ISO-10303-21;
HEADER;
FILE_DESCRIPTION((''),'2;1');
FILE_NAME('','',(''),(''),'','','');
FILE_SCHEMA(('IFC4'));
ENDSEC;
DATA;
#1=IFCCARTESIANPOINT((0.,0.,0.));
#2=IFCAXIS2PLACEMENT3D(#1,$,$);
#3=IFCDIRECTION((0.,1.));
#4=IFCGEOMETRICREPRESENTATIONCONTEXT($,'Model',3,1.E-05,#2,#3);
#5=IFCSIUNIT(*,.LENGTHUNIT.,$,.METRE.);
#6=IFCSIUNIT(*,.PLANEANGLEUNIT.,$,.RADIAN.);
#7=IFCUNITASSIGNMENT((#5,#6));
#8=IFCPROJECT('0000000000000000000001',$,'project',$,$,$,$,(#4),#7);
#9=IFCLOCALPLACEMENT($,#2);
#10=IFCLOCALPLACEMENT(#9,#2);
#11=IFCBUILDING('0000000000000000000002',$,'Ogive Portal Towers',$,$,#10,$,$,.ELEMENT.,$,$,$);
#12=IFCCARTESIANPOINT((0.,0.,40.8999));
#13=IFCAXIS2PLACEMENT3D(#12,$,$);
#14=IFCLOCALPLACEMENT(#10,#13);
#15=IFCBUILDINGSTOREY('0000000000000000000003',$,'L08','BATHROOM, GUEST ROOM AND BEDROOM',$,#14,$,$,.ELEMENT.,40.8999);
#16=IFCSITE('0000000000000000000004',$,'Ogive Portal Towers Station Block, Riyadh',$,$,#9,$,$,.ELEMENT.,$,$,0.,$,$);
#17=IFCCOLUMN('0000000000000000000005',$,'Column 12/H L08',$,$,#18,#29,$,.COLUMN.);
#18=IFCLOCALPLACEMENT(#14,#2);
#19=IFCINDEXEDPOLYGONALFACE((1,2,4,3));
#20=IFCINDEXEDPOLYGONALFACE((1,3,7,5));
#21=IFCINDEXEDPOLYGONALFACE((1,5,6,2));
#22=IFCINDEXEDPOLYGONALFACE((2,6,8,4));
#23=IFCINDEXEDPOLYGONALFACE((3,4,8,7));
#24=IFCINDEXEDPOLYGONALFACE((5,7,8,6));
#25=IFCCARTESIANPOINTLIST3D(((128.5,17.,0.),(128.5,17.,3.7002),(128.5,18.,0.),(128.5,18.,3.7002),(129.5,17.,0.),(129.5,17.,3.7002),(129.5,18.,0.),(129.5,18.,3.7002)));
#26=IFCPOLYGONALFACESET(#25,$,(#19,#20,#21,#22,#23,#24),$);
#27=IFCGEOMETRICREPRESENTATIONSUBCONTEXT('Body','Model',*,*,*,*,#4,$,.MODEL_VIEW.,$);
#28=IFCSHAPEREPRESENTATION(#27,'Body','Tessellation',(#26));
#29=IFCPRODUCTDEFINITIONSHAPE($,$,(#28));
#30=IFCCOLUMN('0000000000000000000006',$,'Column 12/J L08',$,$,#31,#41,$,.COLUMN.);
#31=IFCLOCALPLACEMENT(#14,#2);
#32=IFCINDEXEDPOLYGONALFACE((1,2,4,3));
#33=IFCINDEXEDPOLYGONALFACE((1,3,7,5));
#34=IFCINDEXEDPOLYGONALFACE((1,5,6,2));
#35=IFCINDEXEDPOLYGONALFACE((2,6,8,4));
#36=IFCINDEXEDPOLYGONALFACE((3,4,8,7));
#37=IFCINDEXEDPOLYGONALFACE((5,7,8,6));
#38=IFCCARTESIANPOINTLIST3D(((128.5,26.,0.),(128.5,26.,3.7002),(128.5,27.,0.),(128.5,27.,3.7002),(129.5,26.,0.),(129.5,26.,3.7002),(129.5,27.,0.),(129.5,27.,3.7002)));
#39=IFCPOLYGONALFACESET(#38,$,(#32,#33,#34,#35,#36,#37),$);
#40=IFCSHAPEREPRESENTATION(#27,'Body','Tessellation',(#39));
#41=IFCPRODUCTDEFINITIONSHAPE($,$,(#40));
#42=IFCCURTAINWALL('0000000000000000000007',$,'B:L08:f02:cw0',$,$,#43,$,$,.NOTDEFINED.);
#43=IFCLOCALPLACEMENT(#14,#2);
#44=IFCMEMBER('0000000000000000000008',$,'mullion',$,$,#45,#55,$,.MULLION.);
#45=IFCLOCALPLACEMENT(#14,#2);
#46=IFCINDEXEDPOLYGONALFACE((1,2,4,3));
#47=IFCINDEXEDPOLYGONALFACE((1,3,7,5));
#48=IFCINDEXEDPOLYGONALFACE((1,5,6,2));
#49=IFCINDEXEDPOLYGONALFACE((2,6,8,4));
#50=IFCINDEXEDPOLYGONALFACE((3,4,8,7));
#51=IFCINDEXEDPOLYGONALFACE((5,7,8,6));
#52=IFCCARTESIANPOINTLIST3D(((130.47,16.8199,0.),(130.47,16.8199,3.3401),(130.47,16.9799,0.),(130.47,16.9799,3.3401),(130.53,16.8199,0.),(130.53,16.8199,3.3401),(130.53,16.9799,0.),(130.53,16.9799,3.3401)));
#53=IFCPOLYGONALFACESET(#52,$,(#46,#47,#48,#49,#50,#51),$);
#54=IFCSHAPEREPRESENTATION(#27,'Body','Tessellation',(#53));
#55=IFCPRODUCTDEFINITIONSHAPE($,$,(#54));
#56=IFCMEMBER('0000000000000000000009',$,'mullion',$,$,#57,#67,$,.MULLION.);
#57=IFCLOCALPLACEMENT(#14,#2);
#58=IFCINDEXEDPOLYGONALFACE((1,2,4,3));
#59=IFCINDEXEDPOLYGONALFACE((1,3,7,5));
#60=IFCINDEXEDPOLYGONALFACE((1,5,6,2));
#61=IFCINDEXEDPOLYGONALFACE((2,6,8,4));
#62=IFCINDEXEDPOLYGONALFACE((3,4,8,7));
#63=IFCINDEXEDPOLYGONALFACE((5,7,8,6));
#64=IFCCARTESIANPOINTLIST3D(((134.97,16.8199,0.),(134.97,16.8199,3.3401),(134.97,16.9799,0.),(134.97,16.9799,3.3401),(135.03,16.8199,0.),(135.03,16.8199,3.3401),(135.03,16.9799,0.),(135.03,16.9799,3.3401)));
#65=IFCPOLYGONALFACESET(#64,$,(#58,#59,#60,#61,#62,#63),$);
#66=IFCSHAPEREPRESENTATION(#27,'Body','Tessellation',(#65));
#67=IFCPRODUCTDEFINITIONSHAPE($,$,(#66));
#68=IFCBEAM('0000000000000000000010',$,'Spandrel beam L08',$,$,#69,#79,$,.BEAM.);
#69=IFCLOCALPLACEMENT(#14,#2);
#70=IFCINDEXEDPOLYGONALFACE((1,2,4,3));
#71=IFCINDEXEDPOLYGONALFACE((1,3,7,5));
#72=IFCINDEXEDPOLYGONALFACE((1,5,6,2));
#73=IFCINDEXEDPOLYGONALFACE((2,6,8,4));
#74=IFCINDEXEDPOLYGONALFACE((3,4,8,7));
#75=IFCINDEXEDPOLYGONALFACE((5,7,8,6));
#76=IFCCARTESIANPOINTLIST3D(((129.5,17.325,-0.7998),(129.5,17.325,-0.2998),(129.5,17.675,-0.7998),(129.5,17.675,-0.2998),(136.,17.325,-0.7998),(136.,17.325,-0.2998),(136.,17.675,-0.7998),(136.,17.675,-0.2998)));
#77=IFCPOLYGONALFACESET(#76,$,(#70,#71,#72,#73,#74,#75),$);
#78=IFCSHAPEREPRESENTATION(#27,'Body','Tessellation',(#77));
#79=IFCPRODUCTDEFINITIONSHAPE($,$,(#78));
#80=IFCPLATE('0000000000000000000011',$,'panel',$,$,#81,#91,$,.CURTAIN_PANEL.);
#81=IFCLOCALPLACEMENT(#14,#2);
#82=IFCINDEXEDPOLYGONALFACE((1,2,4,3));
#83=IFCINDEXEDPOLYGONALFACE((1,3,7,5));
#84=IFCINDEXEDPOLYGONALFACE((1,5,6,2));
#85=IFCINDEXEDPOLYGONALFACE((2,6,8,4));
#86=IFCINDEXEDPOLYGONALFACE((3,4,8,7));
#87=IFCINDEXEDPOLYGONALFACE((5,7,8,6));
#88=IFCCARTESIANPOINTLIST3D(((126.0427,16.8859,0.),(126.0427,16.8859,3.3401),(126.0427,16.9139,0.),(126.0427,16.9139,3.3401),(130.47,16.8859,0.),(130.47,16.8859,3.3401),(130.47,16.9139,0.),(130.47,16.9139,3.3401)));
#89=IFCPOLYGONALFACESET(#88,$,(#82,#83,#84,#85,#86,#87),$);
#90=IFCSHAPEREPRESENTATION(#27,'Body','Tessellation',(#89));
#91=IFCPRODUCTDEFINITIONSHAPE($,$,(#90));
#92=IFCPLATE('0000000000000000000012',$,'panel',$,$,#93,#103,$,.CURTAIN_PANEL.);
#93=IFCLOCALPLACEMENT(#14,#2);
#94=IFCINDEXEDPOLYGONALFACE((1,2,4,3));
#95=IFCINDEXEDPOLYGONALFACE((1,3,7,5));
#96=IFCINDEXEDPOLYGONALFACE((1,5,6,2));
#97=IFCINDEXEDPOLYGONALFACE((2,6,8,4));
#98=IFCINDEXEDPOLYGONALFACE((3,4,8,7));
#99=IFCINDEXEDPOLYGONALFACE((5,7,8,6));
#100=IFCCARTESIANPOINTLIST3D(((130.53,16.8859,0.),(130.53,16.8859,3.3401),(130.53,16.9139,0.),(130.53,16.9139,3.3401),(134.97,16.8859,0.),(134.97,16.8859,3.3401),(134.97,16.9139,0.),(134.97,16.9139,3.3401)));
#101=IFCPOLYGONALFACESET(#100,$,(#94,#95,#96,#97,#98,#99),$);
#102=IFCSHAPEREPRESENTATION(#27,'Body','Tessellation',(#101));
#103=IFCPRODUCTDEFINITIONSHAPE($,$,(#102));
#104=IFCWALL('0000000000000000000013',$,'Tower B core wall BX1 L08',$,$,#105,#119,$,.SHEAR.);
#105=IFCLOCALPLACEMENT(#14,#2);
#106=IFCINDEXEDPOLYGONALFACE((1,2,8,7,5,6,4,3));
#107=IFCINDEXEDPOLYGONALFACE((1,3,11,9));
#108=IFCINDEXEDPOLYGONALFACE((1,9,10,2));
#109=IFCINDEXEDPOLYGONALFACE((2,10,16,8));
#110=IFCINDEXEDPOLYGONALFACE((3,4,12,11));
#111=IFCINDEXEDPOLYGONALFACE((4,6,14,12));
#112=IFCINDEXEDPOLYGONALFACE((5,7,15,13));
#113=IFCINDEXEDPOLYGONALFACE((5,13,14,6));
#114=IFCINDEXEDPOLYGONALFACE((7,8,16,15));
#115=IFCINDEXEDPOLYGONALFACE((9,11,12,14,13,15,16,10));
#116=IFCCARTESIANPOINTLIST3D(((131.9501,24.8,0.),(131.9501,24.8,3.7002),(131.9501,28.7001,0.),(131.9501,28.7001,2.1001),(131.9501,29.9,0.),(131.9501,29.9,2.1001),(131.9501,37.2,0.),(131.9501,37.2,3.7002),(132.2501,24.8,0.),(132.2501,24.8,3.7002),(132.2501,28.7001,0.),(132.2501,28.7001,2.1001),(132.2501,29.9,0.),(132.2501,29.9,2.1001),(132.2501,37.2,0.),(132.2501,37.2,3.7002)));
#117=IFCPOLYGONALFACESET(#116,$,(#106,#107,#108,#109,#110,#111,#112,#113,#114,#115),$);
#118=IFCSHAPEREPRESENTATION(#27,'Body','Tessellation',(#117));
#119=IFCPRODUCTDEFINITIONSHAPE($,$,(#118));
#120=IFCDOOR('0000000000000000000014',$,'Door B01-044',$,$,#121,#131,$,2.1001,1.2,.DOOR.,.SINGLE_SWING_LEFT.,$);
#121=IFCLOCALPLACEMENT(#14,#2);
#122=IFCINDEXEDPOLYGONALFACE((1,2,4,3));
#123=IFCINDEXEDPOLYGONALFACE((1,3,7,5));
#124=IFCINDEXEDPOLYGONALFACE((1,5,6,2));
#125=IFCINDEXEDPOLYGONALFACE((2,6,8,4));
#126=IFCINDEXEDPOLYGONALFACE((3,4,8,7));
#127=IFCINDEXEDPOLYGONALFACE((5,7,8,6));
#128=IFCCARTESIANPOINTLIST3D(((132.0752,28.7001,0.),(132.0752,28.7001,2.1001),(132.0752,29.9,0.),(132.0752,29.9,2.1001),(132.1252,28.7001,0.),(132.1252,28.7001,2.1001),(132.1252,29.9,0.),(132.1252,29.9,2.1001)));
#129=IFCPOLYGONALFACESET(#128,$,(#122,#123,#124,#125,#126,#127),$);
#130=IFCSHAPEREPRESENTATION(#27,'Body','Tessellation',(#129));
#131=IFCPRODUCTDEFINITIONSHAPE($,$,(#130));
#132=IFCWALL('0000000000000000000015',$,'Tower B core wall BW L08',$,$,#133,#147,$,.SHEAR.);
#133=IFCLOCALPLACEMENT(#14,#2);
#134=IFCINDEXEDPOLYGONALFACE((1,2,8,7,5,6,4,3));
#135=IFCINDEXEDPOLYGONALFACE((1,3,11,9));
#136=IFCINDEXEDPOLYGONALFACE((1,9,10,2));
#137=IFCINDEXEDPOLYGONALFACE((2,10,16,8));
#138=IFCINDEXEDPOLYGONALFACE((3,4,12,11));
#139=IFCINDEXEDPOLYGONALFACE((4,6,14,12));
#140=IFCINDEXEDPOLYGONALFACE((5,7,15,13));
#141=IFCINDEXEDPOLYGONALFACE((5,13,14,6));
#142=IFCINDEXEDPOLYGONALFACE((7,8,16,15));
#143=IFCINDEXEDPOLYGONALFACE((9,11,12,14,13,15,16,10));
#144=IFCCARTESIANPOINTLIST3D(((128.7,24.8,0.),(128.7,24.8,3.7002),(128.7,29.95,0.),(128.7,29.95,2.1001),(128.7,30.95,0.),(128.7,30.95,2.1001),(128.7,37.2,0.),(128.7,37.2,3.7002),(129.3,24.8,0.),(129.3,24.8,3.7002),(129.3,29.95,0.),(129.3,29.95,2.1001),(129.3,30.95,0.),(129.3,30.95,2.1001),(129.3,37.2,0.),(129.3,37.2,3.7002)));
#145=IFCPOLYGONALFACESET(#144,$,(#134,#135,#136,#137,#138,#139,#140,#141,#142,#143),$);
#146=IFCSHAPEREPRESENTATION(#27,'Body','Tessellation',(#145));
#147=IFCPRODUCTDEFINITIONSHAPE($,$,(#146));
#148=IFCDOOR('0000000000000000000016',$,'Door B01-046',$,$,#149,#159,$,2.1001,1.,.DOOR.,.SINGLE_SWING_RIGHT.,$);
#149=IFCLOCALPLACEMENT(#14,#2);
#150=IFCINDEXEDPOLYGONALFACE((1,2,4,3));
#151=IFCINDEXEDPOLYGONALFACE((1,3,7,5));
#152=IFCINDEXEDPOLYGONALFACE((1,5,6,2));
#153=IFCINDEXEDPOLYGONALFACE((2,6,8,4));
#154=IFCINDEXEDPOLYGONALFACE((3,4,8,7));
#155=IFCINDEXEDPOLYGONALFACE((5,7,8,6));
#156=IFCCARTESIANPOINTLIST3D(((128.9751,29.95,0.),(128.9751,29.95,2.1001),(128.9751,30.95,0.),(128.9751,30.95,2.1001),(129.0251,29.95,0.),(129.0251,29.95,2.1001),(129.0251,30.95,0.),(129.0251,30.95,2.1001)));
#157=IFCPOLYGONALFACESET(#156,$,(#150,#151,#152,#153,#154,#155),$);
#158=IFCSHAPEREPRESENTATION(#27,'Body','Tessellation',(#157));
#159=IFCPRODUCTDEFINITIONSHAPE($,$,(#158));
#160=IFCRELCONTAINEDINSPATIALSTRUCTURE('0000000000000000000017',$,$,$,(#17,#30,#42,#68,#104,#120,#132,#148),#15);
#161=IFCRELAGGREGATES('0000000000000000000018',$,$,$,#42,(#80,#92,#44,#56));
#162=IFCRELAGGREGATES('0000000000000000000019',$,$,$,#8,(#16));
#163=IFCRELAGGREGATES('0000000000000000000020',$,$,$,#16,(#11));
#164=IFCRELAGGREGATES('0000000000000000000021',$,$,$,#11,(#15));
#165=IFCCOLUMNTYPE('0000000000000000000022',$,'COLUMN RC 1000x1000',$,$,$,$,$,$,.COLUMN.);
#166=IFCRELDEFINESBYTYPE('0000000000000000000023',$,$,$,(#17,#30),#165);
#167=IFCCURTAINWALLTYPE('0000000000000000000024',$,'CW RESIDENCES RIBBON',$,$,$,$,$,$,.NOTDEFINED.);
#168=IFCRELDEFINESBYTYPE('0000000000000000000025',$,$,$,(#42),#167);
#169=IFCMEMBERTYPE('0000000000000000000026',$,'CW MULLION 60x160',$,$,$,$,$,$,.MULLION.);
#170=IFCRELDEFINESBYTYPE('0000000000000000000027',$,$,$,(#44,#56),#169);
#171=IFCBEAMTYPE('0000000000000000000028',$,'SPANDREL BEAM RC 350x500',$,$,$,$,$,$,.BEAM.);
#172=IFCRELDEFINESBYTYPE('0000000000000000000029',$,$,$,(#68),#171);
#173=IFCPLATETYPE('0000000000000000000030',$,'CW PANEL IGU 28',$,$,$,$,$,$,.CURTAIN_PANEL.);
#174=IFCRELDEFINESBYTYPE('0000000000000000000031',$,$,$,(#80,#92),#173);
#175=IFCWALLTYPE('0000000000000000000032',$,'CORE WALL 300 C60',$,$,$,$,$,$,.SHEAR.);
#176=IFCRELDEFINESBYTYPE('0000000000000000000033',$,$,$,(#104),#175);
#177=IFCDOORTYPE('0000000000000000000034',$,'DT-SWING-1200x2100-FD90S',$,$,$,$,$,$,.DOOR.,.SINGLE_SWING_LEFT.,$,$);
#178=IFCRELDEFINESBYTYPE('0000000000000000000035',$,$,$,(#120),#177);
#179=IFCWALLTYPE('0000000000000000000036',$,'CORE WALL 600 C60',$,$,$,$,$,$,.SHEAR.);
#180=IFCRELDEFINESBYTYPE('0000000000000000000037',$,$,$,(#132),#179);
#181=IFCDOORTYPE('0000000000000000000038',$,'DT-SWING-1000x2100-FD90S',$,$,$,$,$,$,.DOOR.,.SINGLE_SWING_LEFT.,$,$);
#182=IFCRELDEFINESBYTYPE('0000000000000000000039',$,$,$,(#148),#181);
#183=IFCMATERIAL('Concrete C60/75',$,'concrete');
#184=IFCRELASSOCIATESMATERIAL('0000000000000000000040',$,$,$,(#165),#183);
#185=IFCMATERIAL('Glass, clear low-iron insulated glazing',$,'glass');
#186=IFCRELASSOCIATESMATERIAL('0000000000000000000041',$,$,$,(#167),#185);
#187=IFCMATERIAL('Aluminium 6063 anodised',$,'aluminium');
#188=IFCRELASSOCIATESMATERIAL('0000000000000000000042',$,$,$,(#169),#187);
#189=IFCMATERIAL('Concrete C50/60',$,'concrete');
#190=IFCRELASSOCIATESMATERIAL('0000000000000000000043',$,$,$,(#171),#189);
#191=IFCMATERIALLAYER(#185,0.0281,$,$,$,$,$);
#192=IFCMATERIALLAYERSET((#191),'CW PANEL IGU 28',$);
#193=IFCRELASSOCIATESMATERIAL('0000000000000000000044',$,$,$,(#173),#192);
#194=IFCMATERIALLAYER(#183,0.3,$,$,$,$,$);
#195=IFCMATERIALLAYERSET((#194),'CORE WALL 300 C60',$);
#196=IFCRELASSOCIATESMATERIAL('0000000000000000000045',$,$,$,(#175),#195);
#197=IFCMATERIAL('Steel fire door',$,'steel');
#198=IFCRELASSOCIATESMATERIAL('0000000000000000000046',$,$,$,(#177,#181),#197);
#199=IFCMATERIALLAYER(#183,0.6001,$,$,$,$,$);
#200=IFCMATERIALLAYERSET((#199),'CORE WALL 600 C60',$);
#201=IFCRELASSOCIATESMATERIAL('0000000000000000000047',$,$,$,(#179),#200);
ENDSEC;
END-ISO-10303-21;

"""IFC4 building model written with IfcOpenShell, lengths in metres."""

from ifc_helpers import new_model, si_unit, direction, frame, frame_2d, origin, origin_2d, place, context, subcontext, project, spatial, rectangle, extrude, material, layer, layer_set, material_profile, profile_set, type_object, element, fill, aggregate, save


model = new_model("IFC4")

# Units and contexts
model_context = context("Model", 3, precision=1e-05, world=origin(), true_north=direction((0.0, 1.0)))
body_context = subcontext(model_context, "Body", "Model", "MODEL_VIEW")
ifc_project = project(units=[si_unit("LENGTHUNIT", "METRE"), si_unit("PLANEANGLEUNIT", "RADIAN")], contexts=[model_context])

# Site, building, storey
site_placement = place(None, origin())
site = spatial("IfcSite", under=ifc_project, at=site_placement, Name="Ogive Portal Towers Station Block, Riyadh", CompositionType="ELEMENT", RefElevation=0.0)
building_placement = place(site_placement, origin())
building = spatial("IfcBuilding", under=site, at=building_placement, Name="Ogive Portal Towers", CompositionType="ELEMENT")
storey_placement = place(building_placement, frame((0.0, 0.0, 40.8999)))
storey = spatial("IfcBuildingStorey", under=building, at=storey_placement, Name="L08", Description="BATHROOM, GUEST ROOM AND BEDROOM", CompositionType="ELEMENT", Elevation=40.8999)

# Columns
ifc_material_1 = material(Name="Concrete C60/75", Category="concrete")
ifc_material_profile_1 = material_profile(ifc_material_1, rectangle(XDim=1.0, YDim=1.0, at=origin_2d()), Name="RC 1000x1000")
ifc_profile_set_1 = profile_set([ifc_material_profile_1], Name="Concrete C60/75")
column_type = type_object("IfcColumnType", Name="COLUMN RC 1000x1000", PredefinedType="COLUMN", material=ifc_profile_set_1)
for number, where, z_axis, x_axis, name in (
    (1, (129.0, 17.5, 0.0), (0.0, 0.0, 1.0), (1.0, 0.0, 0.0), "Column 12/H L08"),
    (2, (129.0, 26.5, 0.0), (0.0, 0.0, 1.0), (1.0, 0.0, 0.0), "Column 12/J L08"),
):
    element("IfcColumn", number, at=place(storey_placement, frame(where, z_axis=z_axis, x_axis=x_axis)), inside=storey, type_object=column_type, Name=name, PredefinedType="COLUMN", context=body_context, shape_type="SweptSolid", body=[
        extrude(rectangle(XDim=1.0, YDim=1.0, at=origin_2d()), origin(), (0.0, 0.0, 1.0), 3.7002),
    ])

# Curtain wall, members
ifc_material_2 = material(Name="Glass, clear low-iron insulated glazing", Category="glass")
curtain_wall_type = type_object("IfcCurtainWallType", Name="CW RESIDENCES RIBBON", PredefinedType="NOTDEFINED", material=ifc_material_2)
curtain_wall_placement = place(storey_placement, origin())
curtain_wall = element("IfcCurtainWall", 3, at=curtain_wall_placement, inside=storey, type_object=curtain_wall_type, Name="B:L08:f02:cw0", PredefinedType="NOTDEFINED")
ifc_material_3 = material(Name="Aluminium 6063 anodised", Category="aluminium")
ifc_material_profile_2 = material_profile(ifc_material_3, rectangle(XDim=0.1599, YDim=0.0601, at=origin_2d()), Name="AL 60x160")
ifc_profile_set_2 = profile_set([ifc_material_profile_2], Name="Aluminium 6063 anodised")
member_type = type_object("IfcMemberType", Name="CW MULLION 60x160", PredefinedType="MULLION", material=ifc_profile_set_2)
member_1_placement = place(storey_placement, frame((130.5, 16.8999, 0.0), z_axis=(0.0, 0.0, 1.0), x_axis=(0.0, 1.0, 0.0)))
member_1 = element("IfcMember", 4, at=member_1_placement, type_object=member_type, Name="mullion", PredefinedType="MULLION", context=body_context, shape_type="SweptSolid", body=[
    extrude(rectangle(XDim=0.1599, YDim=0.0601, at=origin_2d()), origin(), (0.0, 0.0, 1.0), 3.3401),
])
member_2_placement = place(storey_placement, frame((135.0, 16.8999, 0.0), z_axis=(0.0, 0.0, 1.0), x_axis=(0.0, 1.0, 0.0)))
member_2 = element("IfcMember", 5, at=member_2_placement, type_object=member_type, Name="mullion", PredefinedType="MULLION", context=body_context, shape_type="SweptSolid", body=[
    extrude(rectangle(XDim=0.1599, YDim=0.0601, at=origin_2d()), origin(), (0.0, 0.0, 1.0), 3.3401),
])

# Beam
ifc_material_4 = material(Name="Concrete C50/60", Category="concrete")
ifc_material_profile_3 = material_profile(ifc_material_4, rectangle(XDim=0.3501, YDim=0.5, at=origin_2d()), Name="RC 350x500")
ifc_profile_set_3 = profile_set([ifc_material_profile_3], Name="Concrete C50/60")
beam_type = type_object("IfcBeamType", Name="SPANDREL BEAM RC 350x500", PredefinedType="BEAM", material=ifc_profile_set_3)
beam_placement = place(storey_placement, frame((129.5, 17.5, -0.5498), z_axis=(1.0, 0.0, 0.0), x_axis=(0.0, 1.0, 0.0)))
element("IfcBeam", 6, at=beam_placement, inside=storey, type_object=beam_type, Name="Spandrel beam L08", PredefinedType="BEAM", context=body_context, shape_type="SweptSolid", body=[
    extrude(rectangle(XDim=0.3501, YDim=0.5, at=origin_2d()), origin(), (0.0, 0.0, 1.0), 6.5),
])

# Plates
ifc_layer_1 = layer(ifc_material_2, 0.0281)
ifc_layer_set_1 = layer_set([ifc_layer_1], Name="CW PANEL IGU 28")
plate_type = type_object("IfcPlateType", Name="CW PANEL IGU 28", PredefinedType="CURTAIN_PANEL", material=ifc_layer_set_1)
plate_1_placement = place(storey_placement, frame((128.2563, 16.8999, 0.0), z_axis=(0.0, 0.0, 1.0), x_axis=(1.0, 0.0, 0.0)))
plate_1 = element("IfcPlate", 7, at=plate_1_placement, type_object=plate_type, Name="panel", PredefinedType="CURTAIN_PANEL", context=body_context, shape_type="SweptSolid", body=[
    extrude(rectangle(XDim=4.4272, YDim=0.0281, at=origin_2d()), origin(), (0.0, 0.0, 1.0), 3.3401),
])
plate_2_placement = place(storey_placement, frame((132.75, 16.8999, 0.0), z_axis=(0.0, 0.0, 1.0), x_axis=(1.0, 0.0, 0.0)))
plate_2 = element("IfcPlate", 8, at=plate_2_placement, type_object=plate_type, Name="panel", PredefinedType="CURTAIN_PANEL", context=body_context, shape_type="SweptSolid", body=[
    extrude(rectangle(XDim=4.4399, YDim=0.0281, at=origin_2d()), origin(), (0.0, 0.0, 1.0), 3.3401),
])
aggregate(curtain_wall, [plate_1, plate_2, member_1, member_2])

# Wall, opening, door
ifc_layer_2 = layer(ifc_material_1, 0.3)
ifc_layer_set_2 = layer_set([ifc_layer_2], Name="CORE WALL 300 C60")
wall_type_1 = type_object("IfcWallType", Name="CORE WALL 300 C60", PredefinedType="SHEAR", material=ifc_layer_set_2)
wall_1_placement = place(storey_placement, frame((132.1001, 24.8, 0.0), z_axis=(0.0, 0.0, 1.0), x_axis=(0.0, 1.0, 0.0)))
wall_1 = element("IfcWall", 9, at=wall_1_placement, inside=storey, type_object=wall_type_1, Name="Tower B core wall BX1 L08", PredefinedType="SHEAR", context=body_context, shape_type="SweptSolid", body=[
    extrude(rectangle(XDim=12.3999, YDim=0.3, at=frame_2d((6.2, 0.0))), origin(), (0.0, 0.0, 1.0), 3.7002),
])
opening_1_placement = place(wall_1_placement, frame((3.8999, 0.0, 0.0)))
opening_1 = element("IfcOpeningElement", 10, at=opening_1_placement, cuts=wall_1, PredefinedType="OPENING", context=body_context, shape_type="SweptSolid", body=[
    extrude(rectangle(XDim=1.2, YDim=2.1001, at=frame_2d((0.6001, 1.05))), frame((0.0, 0.1602, 0.0), z_axis=(0.0, -1.0, 0.0), x_axis=(1.0, 0.0, 0.0)), (0.0, 0.0, 1.0), 0.3201),
])
ifc_material_5 = material(Name="Steel fire door", Category="steel")
door_type_1 = type_object("IfcDoorType", Name="DT-SWING-1200x2100-FD90S", OperationType="SINGLE_SWING_LEFT", PredefinedType="DOOR", material=ifc_material_5)
door_1_placement = place(opening_1_placement, origin())
door_1 = element("IfcDoor", 11, at=door_1_placement, inside=storey, type_object=door_type_1, Name="Door B01-044", OperationType="SINGLE_SWING_LEFT", OverallHeight=2.1001, OverallWidth=1.2, PredefinedType="DOOR", context=body_context, shape_type="SweptSolid", body=[
    extrude(rectangle(XDim=1.2, YDim=2.1001, at=frame_2d((0.6001, 1.05))), frame((0.0, 0.0249, 0.0), z_axis=(0.0, -1.0, 0.0), x_axis=(1.0, 0.0, 0.0)), (0.0, 0.0, 1.0), 0.05),
])
fill(opening_1, door_1)

# Wall, opening, door
ifc_layer_3 = layer(ifc_material_1, 0.6001)
ifc_layer_set_3 = layer_set([ifc_layer_3], Name="CORE WALL 600 C60")
wall_type_2 = type_object("IfcWallType", Name="CORE WALL 600 C60", PredefinedType="SHEAR", material=ifc_layer_set_3)
wall_2_placement = place(storey_placement, frame((129.0, 24.8, 0.0), z_axis=(0.0, 0.0, 1.0), x_axis=(0.0, 1.0, 0.0)))
wall_2 = element("IfcWall", 12, at=wall_2_placement, inside=storey, type_object=wall_type_2, Name="Tower B core wall BW L08", PredefinedType="SHEAR", context=body_context, shape_type="SweptSolid", body=[
    extrude(rectangle(XDim=12.3999, YDim=0.6001, at=frame_2d((6.2, 0.0))), origin(), (0.0, 0.0, 1.0), 3.7002),
])
opening_2_placement = place(wall_2_placement, frame((5.1499, 0.0, 0.0)))
opening_2 = element("IfcOpeningElement", 13, at=opening_2_placement, cuts=wall_2, PredefinedType="OPENING", context=body_context, shape_type="SweptSolid", body=[
    extrude(rectangle(XDim=1.0, YDim=2.1001, at=frame_2d((0.5, 1.05))), frame((0.0, 0.3101, 0.0), z_axis=(0.0, -1.0, 0.0), x_axis=(1.0, 0.0, 0.0)), (0.0, 0.0, 1.0), 0.6201),
])
door_type_2 = type_object("IfcDoorType", Name="DT-SWING-1000x2100-FD90S", OperationType="SINGLE_SWING_LEFT", PredefinedType="DOOR", material=ifc_material_5)
door_2_placement = place(opening_2_placement, origin())
door_2 = element("IfcDoor", 14, at=door_2_placement, inside=storey, type_object=door_type_2, Name="Door B01-046", OperationType="SINGLE_SWING_RIGHT", OverallHeight=2.1001, OverallWidth=1.0, PredefinedType="DOOR", context=body_context, shape_type="SweptSolid", body=[
    extrude(rectangle(XDim=1.0, YDim=2.1001, at=frame_2d((0.5, 1.05))), frame((0.0, 0.0249, 0.0), z_axis=(0.0, -1.0, 0.0), x_axis=(1.0, 0.0, 0.0)), (0.0, 0.0, 1.0), 0.05),
])
fill(opening_2, door_2)

save(model, "model.ifc")
